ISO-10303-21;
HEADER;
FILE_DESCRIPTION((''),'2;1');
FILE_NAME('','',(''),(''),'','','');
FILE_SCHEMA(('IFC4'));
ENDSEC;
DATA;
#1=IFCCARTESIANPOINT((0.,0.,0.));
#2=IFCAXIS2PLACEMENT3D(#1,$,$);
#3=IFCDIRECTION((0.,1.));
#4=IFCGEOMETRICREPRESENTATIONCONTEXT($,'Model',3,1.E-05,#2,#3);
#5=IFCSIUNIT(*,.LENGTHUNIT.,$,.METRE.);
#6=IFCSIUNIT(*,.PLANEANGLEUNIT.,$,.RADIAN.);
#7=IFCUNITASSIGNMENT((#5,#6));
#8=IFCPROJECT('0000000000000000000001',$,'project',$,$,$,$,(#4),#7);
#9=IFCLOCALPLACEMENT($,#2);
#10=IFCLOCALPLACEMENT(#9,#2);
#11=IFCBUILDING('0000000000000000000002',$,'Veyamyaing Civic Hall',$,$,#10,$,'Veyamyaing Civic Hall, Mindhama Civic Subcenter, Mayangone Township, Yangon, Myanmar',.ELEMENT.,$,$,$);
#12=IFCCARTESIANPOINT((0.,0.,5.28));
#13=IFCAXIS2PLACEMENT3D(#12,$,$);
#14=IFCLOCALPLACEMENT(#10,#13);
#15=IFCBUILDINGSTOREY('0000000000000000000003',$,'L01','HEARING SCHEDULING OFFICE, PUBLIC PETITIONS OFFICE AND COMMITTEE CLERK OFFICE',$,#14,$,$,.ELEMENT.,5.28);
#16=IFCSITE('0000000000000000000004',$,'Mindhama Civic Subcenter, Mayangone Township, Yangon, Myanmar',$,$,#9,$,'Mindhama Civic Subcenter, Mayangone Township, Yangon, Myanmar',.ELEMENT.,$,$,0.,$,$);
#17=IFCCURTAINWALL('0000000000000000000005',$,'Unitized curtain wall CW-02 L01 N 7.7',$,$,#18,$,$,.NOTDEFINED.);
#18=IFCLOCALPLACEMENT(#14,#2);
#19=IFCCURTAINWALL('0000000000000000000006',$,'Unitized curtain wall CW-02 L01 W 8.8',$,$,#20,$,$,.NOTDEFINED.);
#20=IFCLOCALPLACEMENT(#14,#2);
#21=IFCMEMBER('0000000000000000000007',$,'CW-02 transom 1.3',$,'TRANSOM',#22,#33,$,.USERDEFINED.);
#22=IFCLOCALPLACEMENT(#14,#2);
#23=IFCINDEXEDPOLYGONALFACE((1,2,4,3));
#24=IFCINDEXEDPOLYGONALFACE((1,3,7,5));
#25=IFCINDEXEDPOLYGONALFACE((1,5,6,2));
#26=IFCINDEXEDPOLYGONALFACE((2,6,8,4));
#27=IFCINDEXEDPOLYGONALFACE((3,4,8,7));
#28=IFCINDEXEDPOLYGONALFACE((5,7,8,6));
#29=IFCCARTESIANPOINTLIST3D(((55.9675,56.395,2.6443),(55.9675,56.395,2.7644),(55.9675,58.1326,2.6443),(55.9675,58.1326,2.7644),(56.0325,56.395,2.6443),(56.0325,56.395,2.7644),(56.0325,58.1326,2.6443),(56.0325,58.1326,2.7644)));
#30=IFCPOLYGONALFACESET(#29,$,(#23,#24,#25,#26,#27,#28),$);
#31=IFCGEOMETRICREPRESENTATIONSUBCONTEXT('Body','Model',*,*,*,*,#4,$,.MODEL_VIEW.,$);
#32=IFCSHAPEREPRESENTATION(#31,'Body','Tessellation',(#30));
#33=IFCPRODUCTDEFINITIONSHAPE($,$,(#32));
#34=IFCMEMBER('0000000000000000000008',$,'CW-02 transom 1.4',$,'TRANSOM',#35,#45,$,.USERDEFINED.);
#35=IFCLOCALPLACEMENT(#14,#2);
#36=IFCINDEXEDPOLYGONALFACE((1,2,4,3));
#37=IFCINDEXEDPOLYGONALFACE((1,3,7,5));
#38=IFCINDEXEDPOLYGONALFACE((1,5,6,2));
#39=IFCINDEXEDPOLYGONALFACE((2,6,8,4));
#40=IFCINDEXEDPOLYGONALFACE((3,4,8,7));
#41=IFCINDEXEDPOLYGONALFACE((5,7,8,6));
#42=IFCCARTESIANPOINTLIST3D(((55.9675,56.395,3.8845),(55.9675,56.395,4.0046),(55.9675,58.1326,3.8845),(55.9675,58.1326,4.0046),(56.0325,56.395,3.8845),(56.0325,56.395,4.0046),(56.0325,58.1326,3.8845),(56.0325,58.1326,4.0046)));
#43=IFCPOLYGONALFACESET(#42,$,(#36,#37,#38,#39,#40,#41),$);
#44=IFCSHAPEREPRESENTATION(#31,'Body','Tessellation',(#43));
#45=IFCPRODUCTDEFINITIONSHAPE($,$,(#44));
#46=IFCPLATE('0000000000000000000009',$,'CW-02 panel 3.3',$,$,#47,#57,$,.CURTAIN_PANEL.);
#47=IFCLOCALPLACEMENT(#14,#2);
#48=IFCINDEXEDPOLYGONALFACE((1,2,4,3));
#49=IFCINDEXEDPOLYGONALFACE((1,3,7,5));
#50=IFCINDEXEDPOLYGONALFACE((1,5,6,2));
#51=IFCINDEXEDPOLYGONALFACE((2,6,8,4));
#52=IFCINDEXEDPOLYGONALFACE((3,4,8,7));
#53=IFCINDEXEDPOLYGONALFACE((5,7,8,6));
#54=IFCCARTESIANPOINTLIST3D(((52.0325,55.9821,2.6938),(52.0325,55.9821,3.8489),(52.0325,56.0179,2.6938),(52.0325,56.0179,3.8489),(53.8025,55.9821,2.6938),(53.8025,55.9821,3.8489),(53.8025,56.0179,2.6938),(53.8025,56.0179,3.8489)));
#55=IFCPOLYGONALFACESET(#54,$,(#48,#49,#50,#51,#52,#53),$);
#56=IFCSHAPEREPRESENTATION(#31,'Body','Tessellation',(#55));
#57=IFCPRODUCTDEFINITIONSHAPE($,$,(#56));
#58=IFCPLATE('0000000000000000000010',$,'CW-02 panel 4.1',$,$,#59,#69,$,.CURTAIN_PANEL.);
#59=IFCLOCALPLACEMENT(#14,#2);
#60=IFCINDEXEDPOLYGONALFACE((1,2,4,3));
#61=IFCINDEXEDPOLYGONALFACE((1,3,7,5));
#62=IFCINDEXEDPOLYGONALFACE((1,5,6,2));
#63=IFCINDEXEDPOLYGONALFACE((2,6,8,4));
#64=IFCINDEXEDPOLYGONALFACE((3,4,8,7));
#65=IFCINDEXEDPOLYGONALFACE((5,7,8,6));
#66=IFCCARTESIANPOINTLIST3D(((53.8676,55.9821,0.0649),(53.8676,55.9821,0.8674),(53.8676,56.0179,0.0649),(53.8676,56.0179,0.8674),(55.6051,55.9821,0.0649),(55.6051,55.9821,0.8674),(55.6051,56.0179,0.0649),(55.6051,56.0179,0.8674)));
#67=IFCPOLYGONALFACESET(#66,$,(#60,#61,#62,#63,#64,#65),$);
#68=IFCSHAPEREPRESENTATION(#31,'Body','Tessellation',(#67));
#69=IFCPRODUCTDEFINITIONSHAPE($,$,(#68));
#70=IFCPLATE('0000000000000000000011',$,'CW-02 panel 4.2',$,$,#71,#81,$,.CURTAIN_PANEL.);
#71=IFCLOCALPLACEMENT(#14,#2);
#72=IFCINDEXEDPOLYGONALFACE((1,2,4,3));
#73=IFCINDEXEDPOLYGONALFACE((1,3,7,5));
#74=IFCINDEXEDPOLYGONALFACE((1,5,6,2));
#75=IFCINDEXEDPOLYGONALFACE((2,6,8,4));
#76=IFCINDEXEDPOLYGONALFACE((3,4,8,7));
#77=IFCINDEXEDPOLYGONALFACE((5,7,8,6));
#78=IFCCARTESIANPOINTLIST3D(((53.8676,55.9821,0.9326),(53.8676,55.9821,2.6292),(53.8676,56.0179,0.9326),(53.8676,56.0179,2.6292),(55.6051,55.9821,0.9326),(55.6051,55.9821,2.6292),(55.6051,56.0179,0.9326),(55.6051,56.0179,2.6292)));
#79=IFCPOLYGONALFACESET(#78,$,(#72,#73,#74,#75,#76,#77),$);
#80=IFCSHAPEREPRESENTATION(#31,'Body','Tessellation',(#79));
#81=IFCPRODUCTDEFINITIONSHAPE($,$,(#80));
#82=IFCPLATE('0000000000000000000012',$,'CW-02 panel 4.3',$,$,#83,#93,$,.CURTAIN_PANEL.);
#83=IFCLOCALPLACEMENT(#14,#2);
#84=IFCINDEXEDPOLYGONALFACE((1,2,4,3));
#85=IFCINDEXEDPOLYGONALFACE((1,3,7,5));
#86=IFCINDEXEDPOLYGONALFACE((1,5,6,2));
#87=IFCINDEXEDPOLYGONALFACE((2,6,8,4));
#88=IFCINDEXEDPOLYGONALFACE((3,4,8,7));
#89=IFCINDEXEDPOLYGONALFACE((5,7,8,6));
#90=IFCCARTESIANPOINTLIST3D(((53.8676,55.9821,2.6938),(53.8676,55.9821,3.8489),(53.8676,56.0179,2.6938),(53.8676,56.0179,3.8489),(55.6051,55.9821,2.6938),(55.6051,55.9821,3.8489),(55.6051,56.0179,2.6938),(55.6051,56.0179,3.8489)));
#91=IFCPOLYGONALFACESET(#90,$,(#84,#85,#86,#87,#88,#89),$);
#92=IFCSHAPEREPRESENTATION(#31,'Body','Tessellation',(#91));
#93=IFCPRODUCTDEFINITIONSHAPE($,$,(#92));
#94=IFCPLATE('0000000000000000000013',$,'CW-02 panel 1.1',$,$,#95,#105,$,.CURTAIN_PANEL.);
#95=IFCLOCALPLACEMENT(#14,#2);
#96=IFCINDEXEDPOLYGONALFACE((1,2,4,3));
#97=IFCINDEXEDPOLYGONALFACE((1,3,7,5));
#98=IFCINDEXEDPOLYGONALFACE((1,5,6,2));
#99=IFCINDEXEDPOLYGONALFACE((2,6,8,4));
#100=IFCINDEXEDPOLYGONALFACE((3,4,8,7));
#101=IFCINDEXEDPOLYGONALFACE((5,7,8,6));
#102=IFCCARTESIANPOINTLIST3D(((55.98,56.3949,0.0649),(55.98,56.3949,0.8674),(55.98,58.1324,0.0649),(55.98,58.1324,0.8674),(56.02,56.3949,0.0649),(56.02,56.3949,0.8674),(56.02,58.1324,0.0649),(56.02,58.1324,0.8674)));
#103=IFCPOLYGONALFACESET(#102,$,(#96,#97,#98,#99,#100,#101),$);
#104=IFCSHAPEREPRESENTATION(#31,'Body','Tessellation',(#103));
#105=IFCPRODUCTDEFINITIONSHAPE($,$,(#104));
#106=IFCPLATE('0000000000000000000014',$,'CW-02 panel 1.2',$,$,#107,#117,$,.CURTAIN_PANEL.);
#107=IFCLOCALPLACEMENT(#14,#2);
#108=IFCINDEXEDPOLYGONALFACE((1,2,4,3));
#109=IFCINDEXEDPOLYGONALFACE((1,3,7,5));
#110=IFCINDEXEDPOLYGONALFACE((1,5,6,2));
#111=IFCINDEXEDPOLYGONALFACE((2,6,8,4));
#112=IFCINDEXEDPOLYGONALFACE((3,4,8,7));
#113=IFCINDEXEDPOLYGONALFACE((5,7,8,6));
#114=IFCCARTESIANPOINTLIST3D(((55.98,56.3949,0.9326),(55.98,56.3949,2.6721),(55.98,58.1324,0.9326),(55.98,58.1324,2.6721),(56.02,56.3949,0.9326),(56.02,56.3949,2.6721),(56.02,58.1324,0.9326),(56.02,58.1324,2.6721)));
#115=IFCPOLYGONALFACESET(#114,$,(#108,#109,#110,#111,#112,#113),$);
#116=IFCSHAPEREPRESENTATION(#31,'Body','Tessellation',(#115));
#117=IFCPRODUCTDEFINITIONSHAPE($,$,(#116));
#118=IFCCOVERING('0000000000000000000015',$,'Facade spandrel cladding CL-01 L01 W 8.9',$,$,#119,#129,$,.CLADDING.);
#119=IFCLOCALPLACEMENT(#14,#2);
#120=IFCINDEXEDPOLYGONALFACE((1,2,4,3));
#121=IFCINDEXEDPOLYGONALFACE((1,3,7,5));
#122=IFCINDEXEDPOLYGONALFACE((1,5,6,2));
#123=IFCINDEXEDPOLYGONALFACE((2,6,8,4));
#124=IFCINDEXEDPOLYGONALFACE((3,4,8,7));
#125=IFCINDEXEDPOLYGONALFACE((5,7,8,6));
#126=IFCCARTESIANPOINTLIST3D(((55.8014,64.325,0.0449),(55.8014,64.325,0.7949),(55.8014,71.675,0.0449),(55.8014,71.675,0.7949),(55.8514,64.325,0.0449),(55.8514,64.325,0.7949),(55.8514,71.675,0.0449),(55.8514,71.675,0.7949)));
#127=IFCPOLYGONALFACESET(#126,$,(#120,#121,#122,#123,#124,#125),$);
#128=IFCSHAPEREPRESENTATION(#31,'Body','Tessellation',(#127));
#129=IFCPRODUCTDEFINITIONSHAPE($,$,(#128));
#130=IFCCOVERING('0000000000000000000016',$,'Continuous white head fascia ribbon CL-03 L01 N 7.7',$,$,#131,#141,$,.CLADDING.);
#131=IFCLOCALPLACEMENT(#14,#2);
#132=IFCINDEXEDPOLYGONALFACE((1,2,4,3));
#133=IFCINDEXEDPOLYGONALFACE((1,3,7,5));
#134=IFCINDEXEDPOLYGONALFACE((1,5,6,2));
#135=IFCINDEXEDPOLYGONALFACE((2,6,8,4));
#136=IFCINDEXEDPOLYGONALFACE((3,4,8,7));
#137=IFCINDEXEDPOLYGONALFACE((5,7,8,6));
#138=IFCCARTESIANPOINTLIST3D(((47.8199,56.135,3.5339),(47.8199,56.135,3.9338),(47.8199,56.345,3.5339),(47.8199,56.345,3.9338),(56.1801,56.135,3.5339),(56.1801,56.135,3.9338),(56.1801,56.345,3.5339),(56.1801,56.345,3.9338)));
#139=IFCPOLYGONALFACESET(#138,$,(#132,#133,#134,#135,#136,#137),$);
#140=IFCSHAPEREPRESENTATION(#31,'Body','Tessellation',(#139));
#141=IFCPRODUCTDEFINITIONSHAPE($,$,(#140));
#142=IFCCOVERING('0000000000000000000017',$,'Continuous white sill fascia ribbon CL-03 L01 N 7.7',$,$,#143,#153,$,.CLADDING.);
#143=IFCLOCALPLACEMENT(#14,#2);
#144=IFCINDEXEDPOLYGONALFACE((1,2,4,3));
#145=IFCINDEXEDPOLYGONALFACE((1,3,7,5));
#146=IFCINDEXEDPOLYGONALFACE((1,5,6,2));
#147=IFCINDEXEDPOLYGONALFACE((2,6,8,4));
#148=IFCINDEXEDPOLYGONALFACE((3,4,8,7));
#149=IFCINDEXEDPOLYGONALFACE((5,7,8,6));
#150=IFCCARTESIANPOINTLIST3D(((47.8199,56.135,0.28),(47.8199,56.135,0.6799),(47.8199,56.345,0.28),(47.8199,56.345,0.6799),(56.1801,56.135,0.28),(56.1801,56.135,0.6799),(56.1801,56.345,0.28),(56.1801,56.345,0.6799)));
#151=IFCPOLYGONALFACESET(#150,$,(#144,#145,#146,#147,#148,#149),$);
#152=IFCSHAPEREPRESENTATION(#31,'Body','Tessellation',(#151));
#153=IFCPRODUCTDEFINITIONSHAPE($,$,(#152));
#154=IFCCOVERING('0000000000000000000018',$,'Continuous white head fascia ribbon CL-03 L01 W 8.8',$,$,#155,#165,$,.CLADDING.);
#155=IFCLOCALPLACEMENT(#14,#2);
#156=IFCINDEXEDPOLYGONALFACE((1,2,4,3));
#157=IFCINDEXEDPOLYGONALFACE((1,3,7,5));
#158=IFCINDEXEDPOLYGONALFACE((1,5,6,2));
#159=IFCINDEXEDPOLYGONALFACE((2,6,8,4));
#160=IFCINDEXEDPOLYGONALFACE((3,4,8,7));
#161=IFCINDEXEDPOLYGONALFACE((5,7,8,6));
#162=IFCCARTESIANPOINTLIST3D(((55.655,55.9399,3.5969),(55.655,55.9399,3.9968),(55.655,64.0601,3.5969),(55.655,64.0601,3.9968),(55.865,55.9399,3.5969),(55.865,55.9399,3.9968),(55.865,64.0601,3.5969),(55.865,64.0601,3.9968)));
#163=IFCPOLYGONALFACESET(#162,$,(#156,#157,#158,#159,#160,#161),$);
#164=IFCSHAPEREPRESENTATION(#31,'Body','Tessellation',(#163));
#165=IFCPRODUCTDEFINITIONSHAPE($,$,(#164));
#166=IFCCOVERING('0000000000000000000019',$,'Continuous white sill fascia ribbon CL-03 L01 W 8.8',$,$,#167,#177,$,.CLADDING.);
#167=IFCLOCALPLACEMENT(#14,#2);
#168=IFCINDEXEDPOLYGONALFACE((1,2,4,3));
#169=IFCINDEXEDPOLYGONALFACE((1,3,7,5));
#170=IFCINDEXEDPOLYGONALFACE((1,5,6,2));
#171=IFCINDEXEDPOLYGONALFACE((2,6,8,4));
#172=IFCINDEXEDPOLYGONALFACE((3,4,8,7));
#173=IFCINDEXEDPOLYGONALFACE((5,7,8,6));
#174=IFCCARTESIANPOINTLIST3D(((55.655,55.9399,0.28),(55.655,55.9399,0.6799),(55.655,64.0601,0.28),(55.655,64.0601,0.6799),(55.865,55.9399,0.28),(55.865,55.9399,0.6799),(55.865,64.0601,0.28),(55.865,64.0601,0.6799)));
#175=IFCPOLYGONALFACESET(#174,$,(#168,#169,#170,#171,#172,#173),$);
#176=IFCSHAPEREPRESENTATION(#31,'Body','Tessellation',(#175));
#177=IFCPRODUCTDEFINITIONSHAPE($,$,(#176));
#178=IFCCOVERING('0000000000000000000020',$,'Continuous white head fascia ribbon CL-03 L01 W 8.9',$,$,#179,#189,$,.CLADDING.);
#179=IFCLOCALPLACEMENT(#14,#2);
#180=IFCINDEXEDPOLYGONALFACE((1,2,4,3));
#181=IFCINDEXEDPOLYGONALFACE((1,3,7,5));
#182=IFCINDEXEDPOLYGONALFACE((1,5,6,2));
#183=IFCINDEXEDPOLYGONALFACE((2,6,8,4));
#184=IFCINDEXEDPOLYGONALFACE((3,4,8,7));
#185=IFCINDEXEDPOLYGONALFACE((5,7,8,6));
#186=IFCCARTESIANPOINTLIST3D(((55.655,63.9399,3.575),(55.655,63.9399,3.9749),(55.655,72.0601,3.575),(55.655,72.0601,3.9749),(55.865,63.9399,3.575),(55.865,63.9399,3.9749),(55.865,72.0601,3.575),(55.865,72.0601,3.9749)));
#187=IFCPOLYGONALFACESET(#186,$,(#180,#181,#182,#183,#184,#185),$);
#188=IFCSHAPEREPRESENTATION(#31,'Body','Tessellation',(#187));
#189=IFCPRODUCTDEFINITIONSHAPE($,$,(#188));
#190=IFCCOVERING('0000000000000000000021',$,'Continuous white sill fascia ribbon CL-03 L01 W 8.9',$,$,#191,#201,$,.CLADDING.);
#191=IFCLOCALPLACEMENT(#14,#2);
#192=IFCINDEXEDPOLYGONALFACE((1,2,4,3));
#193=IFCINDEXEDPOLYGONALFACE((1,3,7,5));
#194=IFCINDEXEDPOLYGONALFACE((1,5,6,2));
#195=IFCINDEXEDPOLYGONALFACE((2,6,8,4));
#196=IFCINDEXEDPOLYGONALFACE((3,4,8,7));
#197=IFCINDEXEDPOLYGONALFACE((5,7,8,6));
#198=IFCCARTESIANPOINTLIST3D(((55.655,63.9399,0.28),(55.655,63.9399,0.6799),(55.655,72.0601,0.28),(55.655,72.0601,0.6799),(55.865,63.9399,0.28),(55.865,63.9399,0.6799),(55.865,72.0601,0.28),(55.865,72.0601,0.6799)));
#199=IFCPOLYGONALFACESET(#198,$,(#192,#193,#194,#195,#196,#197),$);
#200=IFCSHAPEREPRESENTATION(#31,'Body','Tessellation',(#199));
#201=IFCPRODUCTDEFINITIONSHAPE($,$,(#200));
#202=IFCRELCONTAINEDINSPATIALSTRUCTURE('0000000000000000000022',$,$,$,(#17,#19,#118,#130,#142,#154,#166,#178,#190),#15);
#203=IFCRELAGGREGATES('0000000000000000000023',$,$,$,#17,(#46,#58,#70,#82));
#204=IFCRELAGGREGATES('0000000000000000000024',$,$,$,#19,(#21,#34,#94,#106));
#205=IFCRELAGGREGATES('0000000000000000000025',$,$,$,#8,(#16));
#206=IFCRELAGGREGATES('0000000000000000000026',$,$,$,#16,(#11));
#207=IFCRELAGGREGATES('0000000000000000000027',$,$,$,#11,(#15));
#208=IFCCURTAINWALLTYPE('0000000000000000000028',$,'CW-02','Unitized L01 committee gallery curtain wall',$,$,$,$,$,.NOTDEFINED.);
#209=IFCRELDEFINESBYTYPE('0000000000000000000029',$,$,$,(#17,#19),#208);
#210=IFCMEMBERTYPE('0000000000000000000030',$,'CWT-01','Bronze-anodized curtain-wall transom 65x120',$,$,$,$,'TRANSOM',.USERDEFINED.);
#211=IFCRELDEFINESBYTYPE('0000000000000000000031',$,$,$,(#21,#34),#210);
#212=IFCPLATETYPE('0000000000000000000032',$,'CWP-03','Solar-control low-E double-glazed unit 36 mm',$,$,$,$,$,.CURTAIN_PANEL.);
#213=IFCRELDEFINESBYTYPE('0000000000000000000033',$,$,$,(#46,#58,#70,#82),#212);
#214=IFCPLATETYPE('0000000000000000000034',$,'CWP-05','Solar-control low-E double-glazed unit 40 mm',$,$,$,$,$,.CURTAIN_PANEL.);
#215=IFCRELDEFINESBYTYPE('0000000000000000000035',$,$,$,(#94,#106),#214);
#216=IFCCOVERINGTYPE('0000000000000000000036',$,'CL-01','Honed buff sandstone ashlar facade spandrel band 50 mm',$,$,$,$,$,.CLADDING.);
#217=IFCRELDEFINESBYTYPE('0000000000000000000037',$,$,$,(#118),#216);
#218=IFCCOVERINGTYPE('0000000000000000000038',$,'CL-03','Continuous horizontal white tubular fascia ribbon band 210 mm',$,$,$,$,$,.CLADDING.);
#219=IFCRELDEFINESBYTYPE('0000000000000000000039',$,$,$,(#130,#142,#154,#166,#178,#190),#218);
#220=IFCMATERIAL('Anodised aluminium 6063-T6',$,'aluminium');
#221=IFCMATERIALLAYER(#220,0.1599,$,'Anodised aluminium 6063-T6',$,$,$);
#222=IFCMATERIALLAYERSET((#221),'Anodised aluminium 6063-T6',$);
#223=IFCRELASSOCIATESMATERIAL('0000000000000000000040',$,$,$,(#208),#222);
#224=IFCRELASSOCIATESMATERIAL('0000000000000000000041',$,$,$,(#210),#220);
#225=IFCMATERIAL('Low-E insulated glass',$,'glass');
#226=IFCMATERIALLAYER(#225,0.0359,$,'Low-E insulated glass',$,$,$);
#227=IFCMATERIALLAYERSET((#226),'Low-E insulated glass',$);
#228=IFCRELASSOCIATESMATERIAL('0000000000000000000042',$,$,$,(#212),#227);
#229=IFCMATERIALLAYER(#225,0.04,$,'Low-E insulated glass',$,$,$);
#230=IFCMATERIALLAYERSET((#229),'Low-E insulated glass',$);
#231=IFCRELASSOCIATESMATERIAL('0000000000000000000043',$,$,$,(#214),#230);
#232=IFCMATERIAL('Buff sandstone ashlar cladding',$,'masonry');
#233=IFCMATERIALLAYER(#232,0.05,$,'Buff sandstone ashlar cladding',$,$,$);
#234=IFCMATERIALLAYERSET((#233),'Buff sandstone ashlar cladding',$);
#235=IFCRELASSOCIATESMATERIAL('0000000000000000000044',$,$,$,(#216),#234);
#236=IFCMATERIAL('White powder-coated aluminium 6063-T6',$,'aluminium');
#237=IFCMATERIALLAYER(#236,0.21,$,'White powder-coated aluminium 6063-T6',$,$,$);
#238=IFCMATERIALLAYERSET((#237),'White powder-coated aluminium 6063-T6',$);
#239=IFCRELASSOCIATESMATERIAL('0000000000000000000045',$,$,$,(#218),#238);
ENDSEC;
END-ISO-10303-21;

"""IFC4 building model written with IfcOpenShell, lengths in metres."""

from ifc_helpers import new_model, si_unit, direction, frame, origin, origin_2d, place, context, subcontext, project, spatial, rectangle, extrude, material, layer, layer_set, material_profile, profile_set, type_object, element, aggregate, save


model = new_model("IFC4")

# Units and contexts
model_context = context("Model", 3, precision=1e-05, world=origin(), true_north=direction((0.0, 1.0)))
body_context = subcontext(model_context, "Body", "Model", "MODEL_VIEW")
ifc_project = project(units=[si_unit("LENGTHUNIT", "METRE"), si_unit("PLANEANGLEUNIT", "RADIAN")], contexts=[model_context])

# Site, building, storey
site_placement = place(None, origin())
site = spatial("IfcSite", under=ifc_project, at=site_placement, Name="Mindhama Civic Subcenter, Mayangone Township, Yangon, Myanmar", LongName="Mindhama Civic Subcenter, Mayangone Township, Yangon, Myanmar", CompositionType="ELEMENT", RefElevation=0.0)
building_placement = place(site_placement, origin())
building = spatial("IfcBuilding", under=site, at=building_placement, Name="Veyamyaing Civic Hall", LongName="Veyamyaing Civic Hall, Mindhama Civic Subcenter, Mayangone Township, Yangon, Myanmar", CompositionType="ELEMENT")
storey_placement = place(building_placement, frame((0.0, 0.0, 5.28)))
storey = spatial("IfcBuildingStorey", under=building, at=storey_placement, Name="L01", Description="HEARING SCHEDULING OFFICE, PUBLIC PETITIONS OFFICE AND COMMITTEE CLERK OFFICE", CompositionType="ELEMENT", Elevation=5.28)

# Curtain wall
ifc_material_1 = material(Name="Anodised aluminium 6063-T6", Category="aluminium")
ifc_layer_1 = layer(ifc_material_1, 0.1599, Name="Anodised aluminium 6063-T6")
ifc_layer_set_1 = layer_set([ifc_layer_1], Name="Anodised aluminium 6063-T6")
curtain_wall_type = type_object("IfcCurtainWallType", Name="CW-02", Description="Unitized L01 committee gallery curtain wall", PredefinedType="NOTDEFINED", material=ifc_layer_set_1)
curtain_wall_1_placement = place(storey_placement, origin())
curtain_wall_1 = element("IfcCurtainWall", 1, at=curtain_wall_1_placement, inside=storey, type_object=curtain_wall_type, Name="Unitized curtain wall CW-02 L01 N 7.7", PredefinedType="NOTDEFINED")

# Curtain wall
curtain_wall_2_placement = place(storey_placement, origin())
curtain_wall_2 = element("IfcCurtainWall", 2, at=curtain_wall_2_placement, inside=storey, type_object=curtain_wall_type, Name="Unitized curtain wall CW-02 L01 W 8.8", PredefinedType="NOTDEFINED")

# Members
ifc_material_profile_1 = material_profile(ifc_material_1, rectangle(XDim=0.0649, YDim=0.1201, at=origin_2d()), Name="ALU-TRN-65X120")
ifc_profile_set_1 = profile_set([ifc_material_profile_1], Name="Anodised aluminium 6063-T6")
member_type_1 = type_object("IfcMemberType", Name="CWT-01", Description="Bronze-anodized curtain-wall transom 65x120", ElementType="TRANSOM", PredefinedType="USERDEFINED", material=ifc_profile_set_1)
member_1_placement = place(storey_placement, frame((56.0, 56.395, 2.7043), z_axis=(0.0, 1.0, 0.0), x_axis=(-1.0, 0.0, 0.0)))
member_1 = element("IfcMember", 3, at=member_1_placement, type_object=member_type_1, Name="CW-02 transom 1.3", ObjectType="TRANSOM", PredefinedType="USERDEFINED", context=body_context, shape_type="SweptSolid", body=[
    extrude(rectangle(XDim=0.0649, YDim=0.1201, at=origin_2d()), origin(), (0.0, 0.0, 1.0), 1.7375),
])
member_2_placement = place(storey_placement, frame((56.0, 56.395, 3.9446), z_axis=(0.0, 1.0, 0.0), x_axis=(-1.0, 0.0, 0.0)))
member_2 = element("IfcMember", 4, at=member_2_placement, type_object=member_type_1, Name="CW-02 transom 1.4", ObjectType="TRANSOM", PredefinedType="USERDEFINED", context=body_context, shape_type="SweptSolid", body=[
    extrude(rectangle(XDim=0.0649, YDim=0.1201, at=origin_2d()), origin(), (0.0, 0.0, 1.0), 1.7375),
])

# Plates
ifc_material_2 = material(Name="Low-E insulated glass", Category="glass")
ifc_layer_2 = layer(ifc_material_2, 0.0359, Name="Low-E insulated glass")
ifc_layer_set_2 = layer_set([ifc_layer_2], Name="Low-E insulated glass")
plate_type_1 = type_object("IfcPlateType", Name="CWP-03", Description="Solar-control low-E double-glazed unit 36 mm", PredefinedType="CURTAIN_PANEL", material=ifc_layer_set_2)
plate_1_placement = place(storey_placement, frame((52.9175, 56.0, 2.6938), z_axis=(0.0, 0.0, 1.0), x_axis=(1.0, 0.0, 0.0)))
plate_1 = element("IfcPlate", 5, at=plate_1_placement, type_object=plate_type_1, Name="CW-02 panel 3.3", PredefinedType="CURTAIN_PANEL", context=body_context, shape_type="SweptSolid", body=[
    extrude(rectangle(XDim=1.77, YDim=0.0359, at=origin_2d()), origin(), (0.0, 0.0, 1.0), 1.155),
])
plate_2_placement = place(storey_placement, frame((54.7363, 56.0, 0.0649), z_axis=(0.0, 0.0, 1.0), x_axis=(1.0, 0.0, 0.0)))
plate_2 = element("IfcPlate", 6, at=plate_2_placement, type_object=plate_type_1, Name="CW-02 panel 4.1", PredefinedType="CURTAIN_PANEL", context=body_context, shape_type="SweptSolid", body=[
    extrude(rectangle(XDim=1.7375, YDim=0.0359, at=origin_2d()), origin(), (0.0, 0.0, 1.0), 0.8025),
])
plate_3_placement = place(storey_placement, frame((54.7363, 56.0, 0.9326), z_axis=(0.0, 0.0, 1.0), x_axis=(1.0, 0.0, 0.0)))
plate_3 = element("IfcPlate", 7, at=plate_3_placement, type_object=plate_type_1, Name="CW-02 panel 4.2", PredefinedType="CURTAIN_PANEL", context=body_context, shape_type="SweptSolid", body=[
    extrude(rectangle(XDim=1.7375, YDim=0.0359, at=origin_2d()), origin(), (0.0, 0.0, 1.0), 1.6965),
])
plate_4_placement = place(storey_placement, frame((54.7363, 56.0, 2.6938), z_axis=(0.0, 0.0, 1.0), x_axis=(1.0, 0.0, 0.0)))
plate_4 = element("IfcPlate", 8, at=plate_4_placement, type_object=plate_type_1, Name="CW-02 panel 4.3", PredefinedType="CURTAIN_PANEL", context=body_context, shape_type="SweptSolid", body=[
    extrude(rectangle(XDim=1.7375, YDim=0.0359, at=origin_2d()), origin(), (0.0, 0.0, 1.0), 1.155),
])
aggregate(curtain_wall_1, [plate_1, plate_2, plate_3, plate_4])
ifc_layer_3 = layer(ifc_material_2, 0.04, Name="Low-E insulated glass")
ifc_layer_set_3 = layer_set([ifc_layer_3], Name="Low-E insulated glass")
plate_type_2 = type_object("IfcPlateType", Name="CWP-05", Description="Solar-control low-E double-glazed unit 40 mm", PredefinedType="CURTAIN_PANEL", material=ifc_layer_set_3)
plate_5_placement = place(storey_placement, frame((56.0, 57.2637, 0.0649), z_axis=(0.0, 0.0, 1.0), x_axis=(0.0, 1.0, 0.0)))
plate_5 = element("IfcPlate", 9, at=plate_5_placement, type_object=plate_type_2, Name="CW-02 panel 1.1", PredefinedType="CURTAIN_PANEL", context=body_context, shape_type="SweptSolid", body=[
    extrude(rectangle(XDim=1.7375, YDim=0.04, at=origin_2d()), origin(), (0.0, 0.0, 1.0), 0.8025),
])
plate_6_placement = place(storey_placement, frame((56.0, 57.2637, 0.9326), z_axis=(0.0, 0.0, 1.0), x_axis=(0.0, 1.0, 0.0)))
plate_6 = element("IfcPlate", 10, at=plate_6_placement, type_object=plate_type_2, Name="CW-02 panel 1.2", PredefinedType="CURTAIN_PANEL", context=body_context, shape_type="SweptSolid", body=[
    extrude(rectangle(XDim=1.7375, YDim=0.04, at=origin_2d()), origin(), (0.0, 0.0, 1.0), 1.7395),
])
aggregate(curtain_wall_2, [member_1, member_2, plate_5, plate_6])

# Coverings
ifc_material_3 = material(Name="Buff sandstone ashlar cladding", Category="masonry")
ifc_layer_4 = layer(ifc_material_3, 0.05, Name="Buff sandstone ashlar cladding")
ifc_layer_set_4 = layer_set([ifc_layer_4], Name="Buff sandstone ashlar cladding")
covering_type_1 = type_object("IfcCoveringType", Name="CL-01", Description="Honed buff sandstone ashlar facade spandrel band 50 mm", PredefinedType="CLADDING", material=ifc_layer_set_4)
covering_placement = place(storey_placement, frame((55.8264, 68.0, 0.0449), z_axis=(0.0, 0.0, 1.0), x_axis=(0.0, 1.0, 0.0)))
element("IfcCovering", 11, at=covering_placement, inside=storey, type_object=covering_type_1, Name="Facade spandrel cladding CL-01 L01 W 8.9", PredefinedType="CLADDING", context=body_context, shape_type="SweptSolid", body=[
    extrude(rectangle(XDim=7.3501, YDim=0.05, at=origin_2d()), origin(), (0.0, 0.0, 1.0), 0.75),
])
ifc_material_4 = material(Name="White powder-coated aluminium 6063-T6", Category="aluminium")
ifc_layer_5 = layer(ifc_material_4, 0.21, Name="White powder-coated aluminium 6063-T6")
ifc_layer_set_5 = layer_set([ifc_layer_5], Name="White powder-coated aluminium 6063-T6")
covering_type_2 = type_object("IfcCoveringType", Name="CL-03", Description="Continuous horizontal white tubular fascia ribbon band 210 mm", PredefinedType="CLADDING", material=ifc_layer_set_5)
for number, where, z_axis, x_axis, name in (
    (12, (52.0, 56.24, 3.5339), (0.0, 0.0, 1.0), (1.0, 0.0, 0.0), "Continuous white head fascia ribbon CL-03 L01 N 7.7"),
    (13, (52.0, 56.24, 0.28), (0.0, 0.0, 1.0), (1.0, 0.0, 0.0), "Continuous white sill fascia ribbon CL-03 L01 N 7.7"),
):
    element("IfcCovering", number, at=place(storey_placement, frame(where, z_axis=z_axis, x_axis=x_axis)), inside=storey, type_object=covering_type_2, Name=name, PredefinedType="CLADDING", context=body_context, shape_type="SweptSolid", body=[
        extrude(rectangle(XDim=8.3601, YDim=0.21, at=origin_2d()), origin(), (0.0, 0.0, 1.0), 0.3999),
    ])
for number, where, z_axis, x_axis, name in (
    (14, (55.76, 60.0, 3.5969), (0.0, 0.0, 1.0), (0.0, 1.0, 0.0), "Continuous white head fascia ribbon CL-03 L01 W 8.8"),
    (15, (55.76, 60.0, 0.28), (0.0, 0.0, 1.0), (0.0, 1.0, 0.0), "Continuous white sill fascia ribbon CL-03 L01 W 8.8"),
    (16, (55.76, 68.0, 3.575), (0.0, 0.0, 1.0), (0.0, 1.0, 0.0), "Continuous white head fascia ribbon CL-03 L01 W 8.9"),
    (17, (55.76, 68.0, 0.28), (0.0, 0.0, 1.0), (0.0, 1.0, 0.0), "Continuous white sill fascia ribbon CL-03 L01 W 8.9"),
):
    element("IfcCovering", number, at=place(storey_placement, frame(where, z_axis=z_axis, x_axis=x_axis)), inside=storey, type_object=covering_type_2, Name=name, PredefinedType="CLADDING", context=body_context, shape_type="SweptSolid", body=[
        extrude(rectangle(XDim=8.1201, YDim=0.21, at=origin_2d()), origin(), (0.0, 0.0, 1.0), 0.3999),
    ])

save(model, "model.ifc")
